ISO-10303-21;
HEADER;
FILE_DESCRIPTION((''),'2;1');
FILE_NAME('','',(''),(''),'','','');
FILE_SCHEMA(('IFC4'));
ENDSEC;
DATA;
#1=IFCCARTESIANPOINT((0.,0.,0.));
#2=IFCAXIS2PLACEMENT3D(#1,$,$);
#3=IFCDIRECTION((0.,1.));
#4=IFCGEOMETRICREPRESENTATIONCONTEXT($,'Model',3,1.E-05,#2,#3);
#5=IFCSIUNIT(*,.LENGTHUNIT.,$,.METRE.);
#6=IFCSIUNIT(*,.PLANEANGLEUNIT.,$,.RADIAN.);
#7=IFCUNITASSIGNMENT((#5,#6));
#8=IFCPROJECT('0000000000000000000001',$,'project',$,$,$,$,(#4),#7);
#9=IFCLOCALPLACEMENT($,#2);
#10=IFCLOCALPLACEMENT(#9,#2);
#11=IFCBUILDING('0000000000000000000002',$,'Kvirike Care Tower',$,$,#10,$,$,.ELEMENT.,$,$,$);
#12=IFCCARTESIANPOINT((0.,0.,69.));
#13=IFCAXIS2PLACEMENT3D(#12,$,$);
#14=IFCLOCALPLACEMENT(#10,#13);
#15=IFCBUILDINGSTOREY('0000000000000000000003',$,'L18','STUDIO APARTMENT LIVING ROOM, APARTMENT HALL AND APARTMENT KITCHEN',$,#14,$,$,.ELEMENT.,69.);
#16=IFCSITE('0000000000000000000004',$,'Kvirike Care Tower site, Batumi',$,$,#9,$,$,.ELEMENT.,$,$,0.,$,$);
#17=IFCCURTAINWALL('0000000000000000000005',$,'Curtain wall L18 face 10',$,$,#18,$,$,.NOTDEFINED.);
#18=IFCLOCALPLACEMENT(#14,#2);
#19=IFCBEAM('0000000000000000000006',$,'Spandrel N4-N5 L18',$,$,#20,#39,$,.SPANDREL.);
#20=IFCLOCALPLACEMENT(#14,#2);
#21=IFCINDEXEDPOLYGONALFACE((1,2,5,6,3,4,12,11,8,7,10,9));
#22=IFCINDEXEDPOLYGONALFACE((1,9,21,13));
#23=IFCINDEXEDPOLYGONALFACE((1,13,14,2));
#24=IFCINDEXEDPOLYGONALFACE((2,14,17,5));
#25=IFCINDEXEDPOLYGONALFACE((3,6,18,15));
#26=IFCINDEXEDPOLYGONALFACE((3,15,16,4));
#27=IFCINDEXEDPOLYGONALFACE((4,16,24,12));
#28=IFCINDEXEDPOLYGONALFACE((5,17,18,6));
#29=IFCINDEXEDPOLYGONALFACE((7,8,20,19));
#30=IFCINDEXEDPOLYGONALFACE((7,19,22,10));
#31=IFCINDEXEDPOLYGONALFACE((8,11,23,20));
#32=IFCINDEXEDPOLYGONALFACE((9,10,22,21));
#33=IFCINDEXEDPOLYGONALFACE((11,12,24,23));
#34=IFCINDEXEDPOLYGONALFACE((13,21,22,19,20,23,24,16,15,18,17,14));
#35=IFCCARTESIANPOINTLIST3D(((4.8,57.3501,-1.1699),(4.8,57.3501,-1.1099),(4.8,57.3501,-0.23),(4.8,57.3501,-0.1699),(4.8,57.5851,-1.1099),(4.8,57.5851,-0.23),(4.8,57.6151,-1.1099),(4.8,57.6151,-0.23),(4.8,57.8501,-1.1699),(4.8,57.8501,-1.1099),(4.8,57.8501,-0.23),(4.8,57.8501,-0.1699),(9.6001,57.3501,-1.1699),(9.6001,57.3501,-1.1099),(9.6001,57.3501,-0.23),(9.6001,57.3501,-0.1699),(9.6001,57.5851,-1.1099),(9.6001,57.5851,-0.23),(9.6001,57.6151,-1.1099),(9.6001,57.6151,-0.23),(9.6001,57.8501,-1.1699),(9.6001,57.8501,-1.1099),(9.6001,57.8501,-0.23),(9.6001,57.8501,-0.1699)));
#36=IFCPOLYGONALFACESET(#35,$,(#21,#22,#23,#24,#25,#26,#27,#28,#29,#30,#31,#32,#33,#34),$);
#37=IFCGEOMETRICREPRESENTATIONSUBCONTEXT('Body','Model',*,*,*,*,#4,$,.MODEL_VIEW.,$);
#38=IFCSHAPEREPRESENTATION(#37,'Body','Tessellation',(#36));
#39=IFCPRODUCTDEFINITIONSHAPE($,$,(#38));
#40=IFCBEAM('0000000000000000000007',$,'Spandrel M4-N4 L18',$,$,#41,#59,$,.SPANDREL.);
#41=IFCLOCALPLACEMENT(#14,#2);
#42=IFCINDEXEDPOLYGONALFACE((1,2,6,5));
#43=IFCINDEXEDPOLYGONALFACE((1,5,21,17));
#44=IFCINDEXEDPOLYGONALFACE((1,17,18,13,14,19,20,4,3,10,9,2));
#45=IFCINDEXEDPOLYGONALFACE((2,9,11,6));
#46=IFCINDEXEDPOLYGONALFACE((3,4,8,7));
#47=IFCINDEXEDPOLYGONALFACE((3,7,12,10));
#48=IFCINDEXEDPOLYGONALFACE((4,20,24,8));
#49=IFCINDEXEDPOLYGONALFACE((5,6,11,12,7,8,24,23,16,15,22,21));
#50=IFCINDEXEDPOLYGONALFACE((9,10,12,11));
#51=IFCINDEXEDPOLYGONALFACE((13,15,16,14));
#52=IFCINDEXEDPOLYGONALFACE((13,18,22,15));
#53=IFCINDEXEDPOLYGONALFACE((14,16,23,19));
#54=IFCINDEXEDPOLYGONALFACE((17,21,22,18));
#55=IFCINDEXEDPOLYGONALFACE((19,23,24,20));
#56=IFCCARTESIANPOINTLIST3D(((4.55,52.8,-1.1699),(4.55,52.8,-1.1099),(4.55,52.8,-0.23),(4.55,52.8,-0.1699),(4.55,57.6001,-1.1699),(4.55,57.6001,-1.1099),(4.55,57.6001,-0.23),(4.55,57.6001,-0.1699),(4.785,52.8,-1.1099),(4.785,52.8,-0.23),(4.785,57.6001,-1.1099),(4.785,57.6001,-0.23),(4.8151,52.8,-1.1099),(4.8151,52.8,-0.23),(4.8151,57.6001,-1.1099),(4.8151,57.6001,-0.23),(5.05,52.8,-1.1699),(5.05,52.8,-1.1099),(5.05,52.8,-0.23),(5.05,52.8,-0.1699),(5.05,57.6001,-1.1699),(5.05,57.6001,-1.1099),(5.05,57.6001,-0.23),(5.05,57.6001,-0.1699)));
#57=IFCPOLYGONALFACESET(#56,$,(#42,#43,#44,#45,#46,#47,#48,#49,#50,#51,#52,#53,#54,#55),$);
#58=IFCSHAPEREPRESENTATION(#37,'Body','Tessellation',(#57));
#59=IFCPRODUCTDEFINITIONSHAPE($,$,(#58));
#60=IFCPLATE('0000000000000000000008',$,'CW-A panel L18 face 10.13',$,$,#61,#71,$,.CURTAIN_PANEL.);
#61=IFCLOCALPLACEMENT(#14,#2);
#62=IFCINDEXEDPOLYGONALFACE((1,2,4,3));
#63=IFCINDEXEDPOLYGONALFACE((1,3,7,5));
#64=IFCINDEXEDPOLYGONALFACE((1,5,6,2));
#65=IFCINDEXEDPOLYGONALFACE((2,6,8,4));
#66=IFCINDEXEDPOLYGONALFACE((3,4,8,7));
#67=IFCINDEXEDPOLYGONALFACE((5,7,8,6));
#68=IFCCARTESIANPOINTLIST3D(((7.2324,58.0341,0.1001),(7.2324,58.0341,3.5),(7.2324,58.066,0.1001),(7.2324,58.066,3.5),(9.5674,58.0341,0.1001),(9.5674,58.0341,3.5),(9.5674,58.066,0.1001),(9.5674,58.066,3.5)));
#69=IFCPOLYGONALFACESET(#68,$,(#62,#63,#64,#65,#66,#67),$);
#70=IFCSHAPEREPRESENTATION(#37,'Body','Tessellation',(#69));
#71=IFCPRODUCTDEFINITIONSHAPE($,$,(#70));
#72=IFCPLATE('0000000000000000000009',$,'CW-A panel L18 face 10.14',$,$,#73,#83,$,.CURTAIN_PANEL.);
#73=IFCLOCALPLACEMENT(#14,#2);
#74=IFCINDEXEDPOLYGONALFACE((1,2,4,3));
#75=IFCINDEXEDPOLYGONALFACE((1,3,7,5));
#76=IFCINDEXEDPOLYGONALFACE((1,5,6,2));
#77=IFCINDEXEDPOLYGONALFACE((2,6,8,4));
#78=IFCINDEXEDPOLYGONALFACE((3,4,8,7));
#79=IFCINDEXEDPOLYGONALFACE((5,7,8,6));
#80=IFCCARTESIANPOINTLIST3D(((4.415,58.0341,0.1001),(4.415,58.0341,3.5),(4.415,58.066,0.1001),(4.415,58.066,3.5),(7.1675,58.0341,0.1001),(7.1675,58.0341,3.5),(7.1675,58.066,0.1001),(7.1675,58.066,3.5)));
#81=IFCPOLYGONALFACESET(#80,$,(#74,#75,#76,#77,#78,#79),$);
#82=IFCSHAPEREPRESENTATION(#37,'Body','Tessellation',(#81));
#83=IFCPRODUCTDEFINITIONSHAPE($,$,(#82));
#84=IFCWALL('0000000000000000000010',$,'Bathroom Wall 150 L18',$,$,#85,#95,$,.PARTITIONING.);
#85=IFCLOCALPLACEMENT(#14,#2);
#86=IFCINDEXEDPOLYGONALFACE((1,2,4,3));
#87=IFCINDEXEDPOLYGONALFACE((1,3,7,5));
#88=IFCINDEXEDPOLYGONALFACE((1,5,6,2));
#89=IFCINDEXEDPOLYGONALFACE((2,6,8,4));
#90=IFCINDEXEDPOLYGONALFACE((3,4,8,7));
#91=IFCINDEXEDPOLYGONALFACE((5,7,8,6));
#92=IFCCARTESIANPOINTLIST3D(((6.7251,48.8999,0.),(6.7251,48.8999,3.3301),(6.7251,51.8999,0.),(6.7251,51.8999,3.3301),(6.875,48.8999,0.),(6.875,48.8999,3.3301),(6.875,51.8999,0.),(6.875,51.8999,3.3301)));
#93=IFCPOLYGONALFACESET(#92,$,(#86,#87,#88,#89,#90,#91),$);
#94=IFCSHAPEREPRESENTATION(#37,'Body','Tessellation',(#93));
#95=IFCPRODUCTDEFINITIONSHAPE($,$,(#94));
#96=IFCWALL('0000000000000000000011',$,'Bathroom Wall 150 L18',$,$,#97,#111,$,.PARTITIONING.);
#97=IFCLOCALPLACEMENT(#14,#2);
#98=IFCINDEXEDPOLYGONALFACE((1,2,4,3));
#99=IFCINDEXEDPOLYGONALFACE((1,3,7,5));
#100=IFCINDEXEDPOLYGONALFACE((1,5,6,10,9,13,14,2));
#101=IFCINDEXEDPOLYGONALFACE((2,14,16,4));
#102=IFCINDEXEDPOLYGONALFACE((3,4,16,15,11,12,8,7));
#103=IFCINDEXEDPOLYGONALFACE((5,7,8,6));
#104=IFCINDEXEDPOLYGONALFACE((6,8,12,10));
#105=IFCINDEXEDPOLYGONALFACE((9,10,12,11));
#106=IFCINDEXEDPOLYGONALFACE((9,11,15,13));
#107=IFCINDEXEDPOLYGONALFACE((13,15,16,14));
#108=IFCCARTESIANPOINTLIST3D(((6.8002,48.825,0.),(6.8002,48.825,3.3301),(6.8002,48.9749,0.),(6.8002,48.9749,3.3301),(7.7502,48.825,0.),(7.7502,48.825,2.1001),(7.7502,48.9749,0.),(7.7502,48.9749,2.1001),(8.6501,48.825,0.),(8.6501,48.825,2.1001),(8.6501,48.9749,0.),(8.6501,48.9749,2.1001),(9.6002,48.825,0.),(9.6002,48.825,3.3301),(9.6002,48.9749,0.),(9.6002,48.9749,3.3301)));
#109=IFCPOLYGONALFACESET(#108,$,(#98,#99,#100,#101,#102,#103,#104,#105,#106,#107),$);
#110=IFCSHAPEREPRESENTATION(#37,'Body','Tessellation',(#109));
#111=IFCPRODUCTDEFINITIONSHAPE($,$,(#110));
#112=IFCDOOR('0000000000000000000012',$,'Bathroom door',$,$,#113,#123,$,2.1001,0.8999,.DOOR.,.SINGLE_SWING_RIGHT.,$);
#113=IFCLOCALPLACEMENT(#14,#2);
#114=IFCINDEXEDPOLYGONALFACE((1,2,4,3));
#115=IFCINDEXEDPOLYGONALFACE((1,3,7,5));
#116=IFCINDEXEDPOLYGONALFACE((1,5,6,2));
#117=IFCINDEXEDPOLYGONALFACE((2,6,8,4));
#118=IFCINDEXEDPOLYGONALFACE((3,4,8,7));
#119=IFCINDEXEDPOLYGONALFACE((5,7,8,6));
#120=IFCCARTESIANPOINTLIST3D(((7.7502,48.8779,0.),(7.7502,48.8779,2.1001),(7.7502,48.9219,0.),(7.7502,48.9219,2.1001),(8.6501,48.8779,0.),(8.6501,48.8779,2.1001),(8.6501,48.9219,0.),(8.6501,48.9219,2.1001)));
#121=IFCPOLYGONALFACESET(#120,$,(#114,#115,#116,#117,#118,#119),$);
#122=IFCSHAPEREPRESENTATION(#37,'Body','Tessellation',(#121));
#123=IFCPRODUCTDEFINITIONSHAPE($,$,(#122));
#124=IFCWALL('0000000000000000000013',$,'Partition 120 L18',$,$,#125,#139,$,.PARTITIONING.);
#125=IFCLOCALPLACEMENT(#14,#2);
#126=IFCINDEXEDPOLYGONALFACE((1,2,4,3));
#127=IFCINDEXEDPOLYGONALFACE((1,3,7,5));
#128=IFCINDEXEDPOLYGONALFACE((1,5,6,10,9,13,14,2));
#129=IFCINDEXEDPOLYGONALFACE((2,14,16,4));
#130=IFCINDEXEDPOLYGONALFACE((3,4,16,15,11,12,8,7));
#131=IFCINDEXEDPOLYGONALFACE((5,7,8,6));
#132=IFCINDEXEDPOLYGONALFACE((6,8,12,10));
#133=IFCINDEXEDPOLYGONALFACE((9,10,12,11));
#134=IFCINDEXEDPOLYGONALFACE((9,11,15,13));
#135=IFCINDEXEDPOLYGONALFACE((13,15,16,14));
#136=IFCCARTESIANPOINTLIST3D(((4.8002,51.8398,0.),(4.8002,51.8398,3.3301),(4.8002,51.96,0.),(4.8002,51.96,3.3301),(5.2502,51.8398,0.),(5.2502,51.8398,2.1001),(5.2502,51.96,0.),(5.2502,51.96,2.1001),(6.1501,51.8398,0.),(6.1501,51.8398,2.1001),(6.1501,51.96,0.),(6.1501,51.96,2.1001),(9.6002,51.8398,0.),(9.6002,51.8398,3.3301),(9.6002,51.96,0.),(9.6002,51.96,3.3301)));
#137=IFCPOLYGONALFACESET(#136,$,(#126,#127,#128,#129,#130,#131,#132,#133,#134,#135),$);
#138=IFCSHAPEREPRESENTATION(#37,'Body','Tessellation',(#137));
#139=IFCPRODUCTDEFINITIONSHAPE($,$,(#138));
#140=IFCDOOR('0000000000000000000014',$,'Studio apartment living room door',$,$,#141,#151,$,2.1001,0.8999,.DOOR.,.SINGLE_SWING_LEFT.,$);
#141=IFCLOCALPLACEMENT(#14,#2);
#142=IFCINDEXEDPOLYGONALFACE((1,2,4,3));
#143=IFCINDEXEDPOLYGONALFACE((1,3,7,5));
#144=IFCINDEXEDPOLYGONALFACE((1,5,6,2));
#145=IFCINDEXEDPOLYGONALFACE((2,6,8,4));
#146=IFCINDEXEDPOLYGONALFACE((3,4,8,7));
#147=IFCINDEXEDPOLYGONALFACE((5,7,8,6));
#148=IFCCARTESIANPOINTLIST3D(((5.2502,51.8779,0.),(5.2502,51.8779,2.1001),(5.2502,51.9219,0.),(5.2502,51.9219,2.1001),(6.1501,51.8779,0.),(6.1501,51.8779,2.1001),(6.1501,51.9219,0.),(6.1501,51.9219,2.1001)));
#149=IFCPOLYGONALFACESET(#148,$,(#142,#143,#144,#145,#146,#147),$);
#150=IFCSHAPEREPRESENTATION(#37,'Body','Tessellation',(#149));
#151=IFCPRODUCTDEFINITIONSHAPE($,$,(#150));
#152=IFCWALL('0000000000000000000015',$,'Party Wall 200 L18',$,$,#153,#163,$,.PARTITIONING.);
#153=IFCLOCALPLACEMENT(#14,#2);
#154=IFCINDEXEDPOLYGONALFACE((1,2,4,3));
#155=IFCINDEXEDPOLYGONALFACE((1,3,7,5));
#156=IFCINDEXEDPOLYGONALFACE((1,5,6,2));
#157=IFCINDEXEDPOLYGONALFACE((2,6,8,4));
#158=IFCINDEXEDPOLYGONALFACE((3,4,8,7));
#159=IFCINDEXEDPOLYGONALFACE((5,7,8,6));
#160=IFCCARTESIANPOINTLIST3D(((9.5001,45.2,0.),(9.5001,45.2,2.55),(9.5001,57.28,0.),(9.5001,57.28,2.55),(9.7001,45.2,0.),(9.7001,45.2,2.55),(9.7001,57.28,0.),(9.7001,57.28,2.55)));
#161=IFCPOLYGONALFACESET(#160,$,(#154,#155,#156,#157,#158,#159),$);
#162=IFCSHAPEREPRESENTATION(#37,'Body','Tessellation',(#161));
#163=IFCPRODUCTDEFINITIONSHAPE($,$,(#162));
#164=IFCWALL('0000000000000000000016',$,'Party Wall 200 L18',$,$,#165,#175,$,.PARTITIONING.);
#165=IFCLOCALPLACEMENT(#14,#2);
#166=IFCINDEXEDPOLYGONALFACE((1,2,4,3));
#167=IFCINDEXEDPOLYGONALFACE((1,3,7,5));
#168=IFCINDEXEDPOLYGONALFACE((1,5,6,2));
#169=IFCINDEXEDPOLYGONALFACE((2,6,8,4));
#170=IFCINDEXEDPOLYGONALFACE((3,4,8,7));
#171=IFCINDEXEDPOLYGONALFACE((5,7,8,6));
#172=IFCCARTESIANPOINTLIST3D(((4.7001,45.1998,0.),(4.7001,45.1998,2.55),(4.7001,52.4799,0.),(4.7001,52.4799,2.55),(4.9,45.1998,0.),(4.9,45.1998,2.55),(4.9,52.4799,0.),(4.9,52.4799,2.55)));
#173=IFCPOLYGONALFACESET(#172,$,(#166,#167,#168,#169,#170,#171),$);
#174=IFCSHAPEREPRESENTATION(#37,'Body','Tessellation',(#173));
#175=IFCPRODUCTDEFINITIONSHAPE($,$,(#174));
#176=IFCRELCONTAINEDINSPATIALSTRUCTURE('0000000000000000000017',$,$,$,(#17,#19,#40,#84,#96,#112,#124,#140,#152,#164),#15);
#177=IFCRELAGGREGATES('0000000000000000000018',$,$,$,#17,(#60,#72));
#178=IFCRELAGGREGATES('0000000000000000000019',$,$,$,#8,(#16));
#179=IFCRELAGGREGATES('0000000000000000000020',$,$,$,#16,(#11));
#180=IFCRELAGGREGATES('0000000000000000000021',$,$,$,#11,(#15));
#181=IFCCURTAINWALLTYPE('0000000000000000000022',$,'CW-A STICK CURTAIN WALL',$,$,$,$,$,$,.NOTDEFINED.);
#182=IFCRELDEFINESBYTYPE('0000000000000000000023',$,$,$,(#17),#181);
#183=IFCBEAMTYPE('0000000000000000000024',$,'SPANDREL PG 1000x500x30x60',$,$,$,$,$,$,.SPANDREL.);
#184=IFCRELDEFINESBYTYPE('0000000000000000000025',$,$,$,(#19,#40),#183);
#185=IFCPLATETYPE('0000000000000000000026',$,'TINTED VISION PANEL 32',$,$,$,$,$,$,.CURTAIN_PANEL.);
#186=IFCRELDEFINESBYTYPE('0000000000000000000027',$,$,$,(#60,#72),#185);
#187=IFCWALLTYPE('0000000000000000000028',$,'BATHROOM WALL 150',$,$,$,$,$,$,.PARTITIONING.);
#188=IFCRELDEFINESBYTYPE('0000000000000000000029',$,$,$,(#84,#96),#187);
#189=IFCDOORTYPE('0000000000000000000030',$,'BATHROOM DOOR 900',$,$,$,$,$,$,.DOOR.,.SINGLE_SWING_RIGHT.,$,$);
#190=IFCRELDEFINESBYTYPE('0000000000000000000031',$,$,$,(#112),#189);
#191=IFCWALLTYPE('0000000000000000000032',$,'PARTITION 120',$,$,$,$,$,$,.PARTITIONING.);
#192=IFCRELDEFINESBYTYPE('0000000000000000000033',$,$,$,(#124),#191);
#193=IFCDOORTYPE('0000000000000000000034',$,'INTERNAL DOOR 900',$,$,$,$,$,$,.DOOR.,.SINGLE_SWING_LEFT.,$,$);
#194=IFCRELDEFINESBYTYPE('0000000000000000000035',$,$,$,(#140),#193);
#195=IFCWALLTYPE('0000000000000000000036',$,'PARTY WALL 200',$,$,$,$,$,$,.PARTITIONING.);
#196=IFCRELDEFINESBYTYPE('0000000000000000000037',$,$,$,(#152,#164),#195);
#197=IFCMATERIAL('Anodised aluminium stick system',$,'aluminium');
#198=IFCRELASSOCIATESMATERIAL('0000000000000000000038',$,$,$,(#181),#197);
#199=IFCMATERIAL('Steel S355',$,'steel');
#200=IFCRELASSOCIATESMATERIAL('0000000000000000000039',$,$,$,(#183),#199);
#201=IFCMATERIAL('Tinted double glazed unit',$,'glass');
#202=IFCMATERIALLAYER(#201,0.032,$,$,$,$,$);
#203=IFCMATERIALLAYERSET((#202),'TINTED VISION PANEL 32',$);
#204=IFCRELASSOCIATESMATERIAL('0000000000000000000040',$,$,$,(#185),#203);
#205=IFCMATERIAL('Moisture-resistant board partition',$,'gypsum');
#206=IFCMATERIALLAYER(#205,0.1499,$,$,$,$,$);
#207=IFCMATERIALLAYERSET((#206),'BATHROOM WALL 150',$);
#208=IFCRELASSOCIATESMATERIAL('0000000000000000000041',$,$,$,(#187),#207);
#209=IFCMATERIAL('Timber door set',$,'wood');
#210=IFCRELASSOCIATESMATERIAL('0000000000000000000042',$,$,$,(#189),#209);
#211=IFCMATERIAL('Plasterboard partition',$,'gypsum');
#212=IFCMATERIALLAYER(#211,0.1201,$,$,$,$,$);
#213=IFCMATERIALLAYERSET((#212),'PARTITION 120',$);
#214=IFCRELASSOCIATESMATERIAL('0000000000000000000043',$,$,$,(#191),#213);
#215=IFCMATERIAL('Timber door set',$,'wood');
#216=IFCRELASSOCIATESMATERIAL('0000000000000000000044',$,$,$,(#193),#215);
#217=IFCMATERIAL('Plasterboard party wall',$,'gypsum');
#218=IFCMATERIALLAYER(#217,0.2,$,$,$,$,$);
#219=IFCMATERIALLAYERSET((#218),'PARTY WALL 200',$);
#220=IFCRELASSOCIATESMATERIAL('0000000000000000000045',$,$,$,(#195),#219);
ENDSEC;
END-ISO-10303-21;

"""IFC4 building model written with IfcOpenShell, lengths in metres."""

from ifc_helpers import new_model, si_unit, direction, frame, frame_2d, origin, origin_2d, place, context, subcontext, project, spatial, rectangle, i_section, extrude, material, layer, layer_set, material_profile, profile_set, type_object, element, fill, aggregate, save


model = new_model("IFC4")

# Units and contexts
model_context = context("Model", 3, precision=1e-05, world=origin(), true_north=direction((0.0, 1.0)))
body_context = subcontext(model_context, "Body", "Model", "MODEL_VIEW")
ifc_project = project(units=[si_unit("LENGTHUNIT", "METRE"), si_unit("PLANEANGLEUNIT", "RADIAN")], contexts=[model_context])

# Site, building, storey
site_placement = place(None, origin())
site = spatial("IfcSite", under=ifc_project, at=site_placement, Name="Kvirike Care Tower site, Batumi", CompositionType="ELEMENT", RefElevation=0.0)
building_placement = place(site_placement, origin())
building = spatial("IfcBuilding", under=site, at=building_placement, Name="Kvirike Care Tower", CompositionType="ELEMENT")
storey_placement = place(building_placement, frame((0.0, 0.0, 69.0)))
storey = spatial("IfcBuildingStorey", under=building, at=storey_placement, Name="L18", Description="STUDIO APARTMENT LIVING ROOM, APARTMENT HALL AND APARTMENT KITCHEN", CompositionType="ELEMENT", Elevation=69.0)

# Curtain wall
ifc_material_1 = material(Name="Anodised aluminium stick system", Category="aluminium")
curtain_wall_type = type_object("IfcCurtainWallType", Name="CW-A STICK CURTAIN WALL", PredefinedType="NOTDEFINED", material=ifc_material_1)
curtain_wall_placement = place(storey_placement, origin())
curtain_wall = element("IfcCurtainWall", 1, at=curtain_wall_placement, inside=storey, type_object=curtain_wall_type, Name="Curtain wall L18 face 10", PredefinedType="NOTDEFINED")

# Beams
ifc_material_2 = material(Name="Steel S355", Category="steel")
ifc_material_profile_1 = material_profile(ifc_material_2, i_section(OverallWidth=0.5, OverallDepth=1.0, WebThickness=0.03, FlangeThickness=0.0601, at=origin_2d()), Name="PG 1000x500x30x60")
ifc_profile_set_1 = profile_set([ifc_material_profile_1], Name="Steel S355")
beam_type_1 = type_object("IfcBeamType", Name="SPANDREL PG 1000x500x30x60", PredefinedType="SPANDREL", material=ifc_profile_set_1)
for number, where, z_axis, x_axis, name in (
    (2, (4.8, 57.6001, -0.6699), (1.0, 0.0, 0.0), (0.0, 1.0, 0.0), "Spandrel N4-N5 L18"),
    (3, (4.8, 52.8, -0.6699), (0.0, 1.0, 0.0), (-1.0, 0.0, 0.0), "Spandrel M4-N4 L18"),
):
    element("IfcBeam", number, at=place(storey_placement, frame(where, z_axis=z_axis, x_axis=x_axis)), inside=storey, type_object=beam_type_1, Name=name, PredefinedType="SPANDREL", context=body_context, shape_type="SweptSolid", body=[
        extrude(i_section(OverallWidth=0.5, OverallDepth=1.0, WebThickness=0.03, FlangeThickness=0.0601, at=origin_2d()), origin(), (0.0, 0.0, 1.0), 4.8),
    ])

# Plates
ifc_material_3 = material(Name="Tinted double glazed unit", Category="glass")
ifc_layer_1 = layer(ifc_material_3, 0.032)
ifc_layer_set_1 = layer_set([ifc_layer_1], Name="TINTED VISION PANEL 32")
plate_type = type_object("IfcPlateType", Name="TINTED VISION PANEL 32", PredefinedType="CURTAIN_PANEL", material=ifc_layer_set_1)
plate_1_placement = place(storey_placement, frame((8.3999, 58.05, 0.1001), z_axis=(0.0, 0.0, 1.0), x_axis=(-1.0, 0.0, 0.0)))
plate_1 = element("IfcPlate", 4, at=plate_1_placement, type_object=plate_type, Name="CW-A panel L18 face 10.13", PredefinedType="CURTAIN_PANEL", context=body_context, shape_type="SweptSolid", body=[
    extrude(rectangle(XDim=2.335, YDim=0.032, at=origin_2d()), origin(), (0.0, 0.0, 1.0), 3.3999),
])
plate_2_placement = place(storey_placement, frame((5.7913, 58.05, 0.1001), z_axis=(0.0, 0.0, 1.0), x_axis=(-1.0, 0.0, 0.0)))
plate_2 = element("IfcPlate", 5, at=plate_2_placement, type_object=plate_type, Name="CW-A panel L18 face 10.14", PredefinedType="CURTAIN_PANEL", context=body_context, shape_type="SweptSolid", body=[
    extrude(rectangle(XDim=2.7524, YDim=0.032, at=origin_2d()), origin(), (0.0, 0.0, 1.0), 3.3999),
])
aggregate(curtain_wall, [plate_1, plate_2])

# Wall
ifc_material_4 = material(Name="Moisture-resistant board partition", Category="gypsum")
ifc_layer_2 = layer(ifc_material_4, 0.1499)
ifc_layer_set_2 = layer_set([ifc_layer_2], Name="BATHROOM WALL 150")
wall_type_1 = type_object("IfcWallType", Name="BATHROOM WALL 150", PredefinedType="PARTITIONING", material=ifc_layer_set_2)
wall_1_placement = place(storey_placement, frame((6.8, 51.8999, 0.0), z_axis=(0.0, 0.0, 1.0), x_axis=(0.0, -1.0, 0.0)))
element("IfcWall", 6, at=wall_1_placement, inside=storey, type_object=wall_type_1, Name="Bathroom Wall 150 L18", PredefinedType="PARTITIONING", context=body_context, shape_type="SweptSolid", body=[
    extrude(rectangle(XDim=3.0, YDim=0.1499, at=frame_2d((1.5, 0.0))), origin(), (0.0, 0.0, 1.0), 3.3301),
])

# Walls, openings, doors
wall_2_placement = place(storey_placement, frame((9.6001, 48.8999, 0.0), z_axis=(0.0, 0.0, 1.0), x_axis=(-1.0, 0.0, 0.0)))
wall_2 = element("IfcWall", 7, at=wall_2_placement, inside=storey, type_object=wall_type_1, Name="Bathroom Wall 150 L18", PredefinedType="PARTITIONING", context=body_context, shape_type="SweptSolid", body=[
    extrude(rectangle(XDim=2.8, YDim=0.1499, at=frame_2d((1.3999, 0.0))), origin(), (0.0, 0.0, 1.0), 3.3301),
])
opening_1_placement = place(wall_2_placement, frame((0.95, 0.0, 0.0)))
opening_1 = element("IfcOpeningElement", 8, at=opening_1_placement, cuts=wall_2, PredefinedType="OPENING", context=body_context, shape_type="SweptSolid", body=[
    extrude(rectangle(XDim=0.8999, YDim=2.1001, at=frame_2d((0.45, 1.05))), frame((0.0, 0.0854, 0.0), z_axis=(0.0, -1.0, 0.0), x_axis=(1.0, 0.0, 0.0)), (0.0, 0.0, 1.0), 0.1709),
])
ifc_material_5 = material(Name="Timber door set", Category="wood")
door_type_1 = type_object("IfcDoorType", Name="BATHROOM DOOR 900", OperationType="SINGLE_SWING_RIGHT", PredefinedType="DOOR", material=ifc_material_5)
door_1_placement = place(opening_1_placement, frame((0.8999, 0.0, 0.0), z_axis=(0.0, 0.0, 1.0), x_axis=(-1.0, 0.0, 0.0)))
door_1 = element("IfcDoor", 9, at=door_1_placement, inside=storey, type_object=door_type_1, Name="Bathroom door", OperationType="SINGLE_SWING_RIGHT", OverallHeight=2.1001, OverallWidth=0.8999, PredefinedType="DOOR", context=body_context, shape_type="SweptSolid", body=[
    extrude(rectangle(XDim=0.8999, YDim=2.1001, at=frame_2d((0.45, 1.05))), frame((0.0, 0.022, 0.0), z_axis=(0.0, -1.0, 0.0), x_axis=(1.0, 0.0, 0.0)), (0.0, 0.0, 1.0), 0.0439),
])
fill(opening_1, door_1)
ifc_material_6 = material(Name="Plasterboard partition", Category="gypsum")
ifc_layer_3 = layer(ifc_material_6, 0.1201)
ifc_layer_set_3 = layer_set([ifc_layer_3], Name="PARTITION 120")
wall_type_2 = type_object("IfcWallType", Name="PARTITION 120", PredefinedType="PARTITIONING", material=ifc_layer_set_3)
wall_3_placement = place(storey_placement, frame((9.6001, 51.8999, 0.0), z_axis=(0.0, 0.0, 1.0), x_axis=(-1.0, 0.0, 0.0)))
wall_3 = element("IfcWall", 10, at=wall_3_placement, inside=storey, type_object=wall_type_2, Name="Partition 120 L18", PredefinedType="PARTITIONING", context=body_context, shape_type="SweptSolid", body=[
    extrude(rectangle(XDim=4.8, YDim=0.1201, at=frame_2d((2.3999, 0.0))), origin(), (0.0, 0.0, 1.0), 3.3301),
])
opening_2_placement = place(wall_3_placement, frame((3.45, 0.0, 0.0)))
opening_2 = element("IfcOpeningElement", 11, at=opening_2_placement, cuts=wall_3, PredefinedType="OPENING", context=body_context, shape_type="SweptSolid", body=[
    extrude(rectangle(XDim=0.8999, YDim=2.1001, at=frame_2d((0.45, 1.05))), frame((0.0, 0.0706, 0.0), z_axis=(0.0, -1.0, 0.0), x_axis=(1.0, 0.0, 0.0)), (0.0, 0.0, 1.0), 0.1411),
])
ifc_material_7 = material(Name="Timber door set", Category="wood")
door_type_2 = type_object("IfcDoorType", Name="INTERNAL DOOR 900", OperationType="SINGLE_SWING_LEFT", PredefinedType="DOOR", material=ifc_material_7)
door_2_placement = place(opening_2_placement, origin())
door_2 = element("IfcDoor", 12, at=door_2_placement, inside=storey, type_object=door_type_2, Name="Studio apartment living room door", OperationType="SINGLE_SWING_LEFT", OverallHeight=2.1001, OverallWidth=0.8999, PredefinedType="DOOR", context=body_context, shape_type="SweptSolid", body=[
    extrude(rectangle(XDim=0.8999, YDim=2.1001, at=frame_2d((0.45, 1.05))), frame((0.0, 0.022, 0.0), z_axis=(0.0, -1.0, 0.0), x_axis=(1.0, 0.0, 0.0)), (0.0, 0.0, 1.0), 0.0439),
])
fill(opening_2, door_2)

# Walls
ifc_material_8 = material(Name="Plasterboard party wall", Category="gypsum")
ifc_layer_4 = layer(ifc_material_8, 0.2)
ifc_layer_set_4 = layer_set([ifc_layer_4], Name="PARTY WALL 200")
wall_type_3 = type_object("IfcWallType", Name="PARTY WALL 200", PredefinedType="PARTITIONING", material=ifc_layer_set_4)
wall_4_placement = place(storey_placement, frame((9.6001, 57.28, 0.0), z_axis=(0.0, 0.0, 1.0), x_axis=(0.0, -1.0, 0.0)))
element("IfcWall", 13, at=wall_4_placement, inside=storey, type_object=wall_type_3, Name="Party Wall 200 L18", PredefinedType="PARTITIONING", context=body_context, shape_type="SweptSolid", body=[
    extrude(rectangle(XDim=12.0801, YDim=0.2, at=frame_2d((6.04, 0.0))), origin(), (0.0, 0.0, 1.0), 2.55),
])
wall_5_placement = place(storey_placement, frame((4.8, 52.48, 0.0), z_axis=(0.0, 0.0, 1.0), x_axis=(0.0, -1.0, 0.0)))
element("IfcWall", 14, at=wall_5_placement, inside=storey, type_object=wall_type_3, Name="Party Wall 200 L18", PredefinedType="PARTITIONING", context=body_context, shape_type="SweptSolid", body=[
    extrude(rectangle(XDim=7.28, YDim=0.2, at=frame_2d((3.6401, 0.0))), origin(), (0.0, 0.0, 1.0), 2.55),
])

save(model, "model.ifc")
